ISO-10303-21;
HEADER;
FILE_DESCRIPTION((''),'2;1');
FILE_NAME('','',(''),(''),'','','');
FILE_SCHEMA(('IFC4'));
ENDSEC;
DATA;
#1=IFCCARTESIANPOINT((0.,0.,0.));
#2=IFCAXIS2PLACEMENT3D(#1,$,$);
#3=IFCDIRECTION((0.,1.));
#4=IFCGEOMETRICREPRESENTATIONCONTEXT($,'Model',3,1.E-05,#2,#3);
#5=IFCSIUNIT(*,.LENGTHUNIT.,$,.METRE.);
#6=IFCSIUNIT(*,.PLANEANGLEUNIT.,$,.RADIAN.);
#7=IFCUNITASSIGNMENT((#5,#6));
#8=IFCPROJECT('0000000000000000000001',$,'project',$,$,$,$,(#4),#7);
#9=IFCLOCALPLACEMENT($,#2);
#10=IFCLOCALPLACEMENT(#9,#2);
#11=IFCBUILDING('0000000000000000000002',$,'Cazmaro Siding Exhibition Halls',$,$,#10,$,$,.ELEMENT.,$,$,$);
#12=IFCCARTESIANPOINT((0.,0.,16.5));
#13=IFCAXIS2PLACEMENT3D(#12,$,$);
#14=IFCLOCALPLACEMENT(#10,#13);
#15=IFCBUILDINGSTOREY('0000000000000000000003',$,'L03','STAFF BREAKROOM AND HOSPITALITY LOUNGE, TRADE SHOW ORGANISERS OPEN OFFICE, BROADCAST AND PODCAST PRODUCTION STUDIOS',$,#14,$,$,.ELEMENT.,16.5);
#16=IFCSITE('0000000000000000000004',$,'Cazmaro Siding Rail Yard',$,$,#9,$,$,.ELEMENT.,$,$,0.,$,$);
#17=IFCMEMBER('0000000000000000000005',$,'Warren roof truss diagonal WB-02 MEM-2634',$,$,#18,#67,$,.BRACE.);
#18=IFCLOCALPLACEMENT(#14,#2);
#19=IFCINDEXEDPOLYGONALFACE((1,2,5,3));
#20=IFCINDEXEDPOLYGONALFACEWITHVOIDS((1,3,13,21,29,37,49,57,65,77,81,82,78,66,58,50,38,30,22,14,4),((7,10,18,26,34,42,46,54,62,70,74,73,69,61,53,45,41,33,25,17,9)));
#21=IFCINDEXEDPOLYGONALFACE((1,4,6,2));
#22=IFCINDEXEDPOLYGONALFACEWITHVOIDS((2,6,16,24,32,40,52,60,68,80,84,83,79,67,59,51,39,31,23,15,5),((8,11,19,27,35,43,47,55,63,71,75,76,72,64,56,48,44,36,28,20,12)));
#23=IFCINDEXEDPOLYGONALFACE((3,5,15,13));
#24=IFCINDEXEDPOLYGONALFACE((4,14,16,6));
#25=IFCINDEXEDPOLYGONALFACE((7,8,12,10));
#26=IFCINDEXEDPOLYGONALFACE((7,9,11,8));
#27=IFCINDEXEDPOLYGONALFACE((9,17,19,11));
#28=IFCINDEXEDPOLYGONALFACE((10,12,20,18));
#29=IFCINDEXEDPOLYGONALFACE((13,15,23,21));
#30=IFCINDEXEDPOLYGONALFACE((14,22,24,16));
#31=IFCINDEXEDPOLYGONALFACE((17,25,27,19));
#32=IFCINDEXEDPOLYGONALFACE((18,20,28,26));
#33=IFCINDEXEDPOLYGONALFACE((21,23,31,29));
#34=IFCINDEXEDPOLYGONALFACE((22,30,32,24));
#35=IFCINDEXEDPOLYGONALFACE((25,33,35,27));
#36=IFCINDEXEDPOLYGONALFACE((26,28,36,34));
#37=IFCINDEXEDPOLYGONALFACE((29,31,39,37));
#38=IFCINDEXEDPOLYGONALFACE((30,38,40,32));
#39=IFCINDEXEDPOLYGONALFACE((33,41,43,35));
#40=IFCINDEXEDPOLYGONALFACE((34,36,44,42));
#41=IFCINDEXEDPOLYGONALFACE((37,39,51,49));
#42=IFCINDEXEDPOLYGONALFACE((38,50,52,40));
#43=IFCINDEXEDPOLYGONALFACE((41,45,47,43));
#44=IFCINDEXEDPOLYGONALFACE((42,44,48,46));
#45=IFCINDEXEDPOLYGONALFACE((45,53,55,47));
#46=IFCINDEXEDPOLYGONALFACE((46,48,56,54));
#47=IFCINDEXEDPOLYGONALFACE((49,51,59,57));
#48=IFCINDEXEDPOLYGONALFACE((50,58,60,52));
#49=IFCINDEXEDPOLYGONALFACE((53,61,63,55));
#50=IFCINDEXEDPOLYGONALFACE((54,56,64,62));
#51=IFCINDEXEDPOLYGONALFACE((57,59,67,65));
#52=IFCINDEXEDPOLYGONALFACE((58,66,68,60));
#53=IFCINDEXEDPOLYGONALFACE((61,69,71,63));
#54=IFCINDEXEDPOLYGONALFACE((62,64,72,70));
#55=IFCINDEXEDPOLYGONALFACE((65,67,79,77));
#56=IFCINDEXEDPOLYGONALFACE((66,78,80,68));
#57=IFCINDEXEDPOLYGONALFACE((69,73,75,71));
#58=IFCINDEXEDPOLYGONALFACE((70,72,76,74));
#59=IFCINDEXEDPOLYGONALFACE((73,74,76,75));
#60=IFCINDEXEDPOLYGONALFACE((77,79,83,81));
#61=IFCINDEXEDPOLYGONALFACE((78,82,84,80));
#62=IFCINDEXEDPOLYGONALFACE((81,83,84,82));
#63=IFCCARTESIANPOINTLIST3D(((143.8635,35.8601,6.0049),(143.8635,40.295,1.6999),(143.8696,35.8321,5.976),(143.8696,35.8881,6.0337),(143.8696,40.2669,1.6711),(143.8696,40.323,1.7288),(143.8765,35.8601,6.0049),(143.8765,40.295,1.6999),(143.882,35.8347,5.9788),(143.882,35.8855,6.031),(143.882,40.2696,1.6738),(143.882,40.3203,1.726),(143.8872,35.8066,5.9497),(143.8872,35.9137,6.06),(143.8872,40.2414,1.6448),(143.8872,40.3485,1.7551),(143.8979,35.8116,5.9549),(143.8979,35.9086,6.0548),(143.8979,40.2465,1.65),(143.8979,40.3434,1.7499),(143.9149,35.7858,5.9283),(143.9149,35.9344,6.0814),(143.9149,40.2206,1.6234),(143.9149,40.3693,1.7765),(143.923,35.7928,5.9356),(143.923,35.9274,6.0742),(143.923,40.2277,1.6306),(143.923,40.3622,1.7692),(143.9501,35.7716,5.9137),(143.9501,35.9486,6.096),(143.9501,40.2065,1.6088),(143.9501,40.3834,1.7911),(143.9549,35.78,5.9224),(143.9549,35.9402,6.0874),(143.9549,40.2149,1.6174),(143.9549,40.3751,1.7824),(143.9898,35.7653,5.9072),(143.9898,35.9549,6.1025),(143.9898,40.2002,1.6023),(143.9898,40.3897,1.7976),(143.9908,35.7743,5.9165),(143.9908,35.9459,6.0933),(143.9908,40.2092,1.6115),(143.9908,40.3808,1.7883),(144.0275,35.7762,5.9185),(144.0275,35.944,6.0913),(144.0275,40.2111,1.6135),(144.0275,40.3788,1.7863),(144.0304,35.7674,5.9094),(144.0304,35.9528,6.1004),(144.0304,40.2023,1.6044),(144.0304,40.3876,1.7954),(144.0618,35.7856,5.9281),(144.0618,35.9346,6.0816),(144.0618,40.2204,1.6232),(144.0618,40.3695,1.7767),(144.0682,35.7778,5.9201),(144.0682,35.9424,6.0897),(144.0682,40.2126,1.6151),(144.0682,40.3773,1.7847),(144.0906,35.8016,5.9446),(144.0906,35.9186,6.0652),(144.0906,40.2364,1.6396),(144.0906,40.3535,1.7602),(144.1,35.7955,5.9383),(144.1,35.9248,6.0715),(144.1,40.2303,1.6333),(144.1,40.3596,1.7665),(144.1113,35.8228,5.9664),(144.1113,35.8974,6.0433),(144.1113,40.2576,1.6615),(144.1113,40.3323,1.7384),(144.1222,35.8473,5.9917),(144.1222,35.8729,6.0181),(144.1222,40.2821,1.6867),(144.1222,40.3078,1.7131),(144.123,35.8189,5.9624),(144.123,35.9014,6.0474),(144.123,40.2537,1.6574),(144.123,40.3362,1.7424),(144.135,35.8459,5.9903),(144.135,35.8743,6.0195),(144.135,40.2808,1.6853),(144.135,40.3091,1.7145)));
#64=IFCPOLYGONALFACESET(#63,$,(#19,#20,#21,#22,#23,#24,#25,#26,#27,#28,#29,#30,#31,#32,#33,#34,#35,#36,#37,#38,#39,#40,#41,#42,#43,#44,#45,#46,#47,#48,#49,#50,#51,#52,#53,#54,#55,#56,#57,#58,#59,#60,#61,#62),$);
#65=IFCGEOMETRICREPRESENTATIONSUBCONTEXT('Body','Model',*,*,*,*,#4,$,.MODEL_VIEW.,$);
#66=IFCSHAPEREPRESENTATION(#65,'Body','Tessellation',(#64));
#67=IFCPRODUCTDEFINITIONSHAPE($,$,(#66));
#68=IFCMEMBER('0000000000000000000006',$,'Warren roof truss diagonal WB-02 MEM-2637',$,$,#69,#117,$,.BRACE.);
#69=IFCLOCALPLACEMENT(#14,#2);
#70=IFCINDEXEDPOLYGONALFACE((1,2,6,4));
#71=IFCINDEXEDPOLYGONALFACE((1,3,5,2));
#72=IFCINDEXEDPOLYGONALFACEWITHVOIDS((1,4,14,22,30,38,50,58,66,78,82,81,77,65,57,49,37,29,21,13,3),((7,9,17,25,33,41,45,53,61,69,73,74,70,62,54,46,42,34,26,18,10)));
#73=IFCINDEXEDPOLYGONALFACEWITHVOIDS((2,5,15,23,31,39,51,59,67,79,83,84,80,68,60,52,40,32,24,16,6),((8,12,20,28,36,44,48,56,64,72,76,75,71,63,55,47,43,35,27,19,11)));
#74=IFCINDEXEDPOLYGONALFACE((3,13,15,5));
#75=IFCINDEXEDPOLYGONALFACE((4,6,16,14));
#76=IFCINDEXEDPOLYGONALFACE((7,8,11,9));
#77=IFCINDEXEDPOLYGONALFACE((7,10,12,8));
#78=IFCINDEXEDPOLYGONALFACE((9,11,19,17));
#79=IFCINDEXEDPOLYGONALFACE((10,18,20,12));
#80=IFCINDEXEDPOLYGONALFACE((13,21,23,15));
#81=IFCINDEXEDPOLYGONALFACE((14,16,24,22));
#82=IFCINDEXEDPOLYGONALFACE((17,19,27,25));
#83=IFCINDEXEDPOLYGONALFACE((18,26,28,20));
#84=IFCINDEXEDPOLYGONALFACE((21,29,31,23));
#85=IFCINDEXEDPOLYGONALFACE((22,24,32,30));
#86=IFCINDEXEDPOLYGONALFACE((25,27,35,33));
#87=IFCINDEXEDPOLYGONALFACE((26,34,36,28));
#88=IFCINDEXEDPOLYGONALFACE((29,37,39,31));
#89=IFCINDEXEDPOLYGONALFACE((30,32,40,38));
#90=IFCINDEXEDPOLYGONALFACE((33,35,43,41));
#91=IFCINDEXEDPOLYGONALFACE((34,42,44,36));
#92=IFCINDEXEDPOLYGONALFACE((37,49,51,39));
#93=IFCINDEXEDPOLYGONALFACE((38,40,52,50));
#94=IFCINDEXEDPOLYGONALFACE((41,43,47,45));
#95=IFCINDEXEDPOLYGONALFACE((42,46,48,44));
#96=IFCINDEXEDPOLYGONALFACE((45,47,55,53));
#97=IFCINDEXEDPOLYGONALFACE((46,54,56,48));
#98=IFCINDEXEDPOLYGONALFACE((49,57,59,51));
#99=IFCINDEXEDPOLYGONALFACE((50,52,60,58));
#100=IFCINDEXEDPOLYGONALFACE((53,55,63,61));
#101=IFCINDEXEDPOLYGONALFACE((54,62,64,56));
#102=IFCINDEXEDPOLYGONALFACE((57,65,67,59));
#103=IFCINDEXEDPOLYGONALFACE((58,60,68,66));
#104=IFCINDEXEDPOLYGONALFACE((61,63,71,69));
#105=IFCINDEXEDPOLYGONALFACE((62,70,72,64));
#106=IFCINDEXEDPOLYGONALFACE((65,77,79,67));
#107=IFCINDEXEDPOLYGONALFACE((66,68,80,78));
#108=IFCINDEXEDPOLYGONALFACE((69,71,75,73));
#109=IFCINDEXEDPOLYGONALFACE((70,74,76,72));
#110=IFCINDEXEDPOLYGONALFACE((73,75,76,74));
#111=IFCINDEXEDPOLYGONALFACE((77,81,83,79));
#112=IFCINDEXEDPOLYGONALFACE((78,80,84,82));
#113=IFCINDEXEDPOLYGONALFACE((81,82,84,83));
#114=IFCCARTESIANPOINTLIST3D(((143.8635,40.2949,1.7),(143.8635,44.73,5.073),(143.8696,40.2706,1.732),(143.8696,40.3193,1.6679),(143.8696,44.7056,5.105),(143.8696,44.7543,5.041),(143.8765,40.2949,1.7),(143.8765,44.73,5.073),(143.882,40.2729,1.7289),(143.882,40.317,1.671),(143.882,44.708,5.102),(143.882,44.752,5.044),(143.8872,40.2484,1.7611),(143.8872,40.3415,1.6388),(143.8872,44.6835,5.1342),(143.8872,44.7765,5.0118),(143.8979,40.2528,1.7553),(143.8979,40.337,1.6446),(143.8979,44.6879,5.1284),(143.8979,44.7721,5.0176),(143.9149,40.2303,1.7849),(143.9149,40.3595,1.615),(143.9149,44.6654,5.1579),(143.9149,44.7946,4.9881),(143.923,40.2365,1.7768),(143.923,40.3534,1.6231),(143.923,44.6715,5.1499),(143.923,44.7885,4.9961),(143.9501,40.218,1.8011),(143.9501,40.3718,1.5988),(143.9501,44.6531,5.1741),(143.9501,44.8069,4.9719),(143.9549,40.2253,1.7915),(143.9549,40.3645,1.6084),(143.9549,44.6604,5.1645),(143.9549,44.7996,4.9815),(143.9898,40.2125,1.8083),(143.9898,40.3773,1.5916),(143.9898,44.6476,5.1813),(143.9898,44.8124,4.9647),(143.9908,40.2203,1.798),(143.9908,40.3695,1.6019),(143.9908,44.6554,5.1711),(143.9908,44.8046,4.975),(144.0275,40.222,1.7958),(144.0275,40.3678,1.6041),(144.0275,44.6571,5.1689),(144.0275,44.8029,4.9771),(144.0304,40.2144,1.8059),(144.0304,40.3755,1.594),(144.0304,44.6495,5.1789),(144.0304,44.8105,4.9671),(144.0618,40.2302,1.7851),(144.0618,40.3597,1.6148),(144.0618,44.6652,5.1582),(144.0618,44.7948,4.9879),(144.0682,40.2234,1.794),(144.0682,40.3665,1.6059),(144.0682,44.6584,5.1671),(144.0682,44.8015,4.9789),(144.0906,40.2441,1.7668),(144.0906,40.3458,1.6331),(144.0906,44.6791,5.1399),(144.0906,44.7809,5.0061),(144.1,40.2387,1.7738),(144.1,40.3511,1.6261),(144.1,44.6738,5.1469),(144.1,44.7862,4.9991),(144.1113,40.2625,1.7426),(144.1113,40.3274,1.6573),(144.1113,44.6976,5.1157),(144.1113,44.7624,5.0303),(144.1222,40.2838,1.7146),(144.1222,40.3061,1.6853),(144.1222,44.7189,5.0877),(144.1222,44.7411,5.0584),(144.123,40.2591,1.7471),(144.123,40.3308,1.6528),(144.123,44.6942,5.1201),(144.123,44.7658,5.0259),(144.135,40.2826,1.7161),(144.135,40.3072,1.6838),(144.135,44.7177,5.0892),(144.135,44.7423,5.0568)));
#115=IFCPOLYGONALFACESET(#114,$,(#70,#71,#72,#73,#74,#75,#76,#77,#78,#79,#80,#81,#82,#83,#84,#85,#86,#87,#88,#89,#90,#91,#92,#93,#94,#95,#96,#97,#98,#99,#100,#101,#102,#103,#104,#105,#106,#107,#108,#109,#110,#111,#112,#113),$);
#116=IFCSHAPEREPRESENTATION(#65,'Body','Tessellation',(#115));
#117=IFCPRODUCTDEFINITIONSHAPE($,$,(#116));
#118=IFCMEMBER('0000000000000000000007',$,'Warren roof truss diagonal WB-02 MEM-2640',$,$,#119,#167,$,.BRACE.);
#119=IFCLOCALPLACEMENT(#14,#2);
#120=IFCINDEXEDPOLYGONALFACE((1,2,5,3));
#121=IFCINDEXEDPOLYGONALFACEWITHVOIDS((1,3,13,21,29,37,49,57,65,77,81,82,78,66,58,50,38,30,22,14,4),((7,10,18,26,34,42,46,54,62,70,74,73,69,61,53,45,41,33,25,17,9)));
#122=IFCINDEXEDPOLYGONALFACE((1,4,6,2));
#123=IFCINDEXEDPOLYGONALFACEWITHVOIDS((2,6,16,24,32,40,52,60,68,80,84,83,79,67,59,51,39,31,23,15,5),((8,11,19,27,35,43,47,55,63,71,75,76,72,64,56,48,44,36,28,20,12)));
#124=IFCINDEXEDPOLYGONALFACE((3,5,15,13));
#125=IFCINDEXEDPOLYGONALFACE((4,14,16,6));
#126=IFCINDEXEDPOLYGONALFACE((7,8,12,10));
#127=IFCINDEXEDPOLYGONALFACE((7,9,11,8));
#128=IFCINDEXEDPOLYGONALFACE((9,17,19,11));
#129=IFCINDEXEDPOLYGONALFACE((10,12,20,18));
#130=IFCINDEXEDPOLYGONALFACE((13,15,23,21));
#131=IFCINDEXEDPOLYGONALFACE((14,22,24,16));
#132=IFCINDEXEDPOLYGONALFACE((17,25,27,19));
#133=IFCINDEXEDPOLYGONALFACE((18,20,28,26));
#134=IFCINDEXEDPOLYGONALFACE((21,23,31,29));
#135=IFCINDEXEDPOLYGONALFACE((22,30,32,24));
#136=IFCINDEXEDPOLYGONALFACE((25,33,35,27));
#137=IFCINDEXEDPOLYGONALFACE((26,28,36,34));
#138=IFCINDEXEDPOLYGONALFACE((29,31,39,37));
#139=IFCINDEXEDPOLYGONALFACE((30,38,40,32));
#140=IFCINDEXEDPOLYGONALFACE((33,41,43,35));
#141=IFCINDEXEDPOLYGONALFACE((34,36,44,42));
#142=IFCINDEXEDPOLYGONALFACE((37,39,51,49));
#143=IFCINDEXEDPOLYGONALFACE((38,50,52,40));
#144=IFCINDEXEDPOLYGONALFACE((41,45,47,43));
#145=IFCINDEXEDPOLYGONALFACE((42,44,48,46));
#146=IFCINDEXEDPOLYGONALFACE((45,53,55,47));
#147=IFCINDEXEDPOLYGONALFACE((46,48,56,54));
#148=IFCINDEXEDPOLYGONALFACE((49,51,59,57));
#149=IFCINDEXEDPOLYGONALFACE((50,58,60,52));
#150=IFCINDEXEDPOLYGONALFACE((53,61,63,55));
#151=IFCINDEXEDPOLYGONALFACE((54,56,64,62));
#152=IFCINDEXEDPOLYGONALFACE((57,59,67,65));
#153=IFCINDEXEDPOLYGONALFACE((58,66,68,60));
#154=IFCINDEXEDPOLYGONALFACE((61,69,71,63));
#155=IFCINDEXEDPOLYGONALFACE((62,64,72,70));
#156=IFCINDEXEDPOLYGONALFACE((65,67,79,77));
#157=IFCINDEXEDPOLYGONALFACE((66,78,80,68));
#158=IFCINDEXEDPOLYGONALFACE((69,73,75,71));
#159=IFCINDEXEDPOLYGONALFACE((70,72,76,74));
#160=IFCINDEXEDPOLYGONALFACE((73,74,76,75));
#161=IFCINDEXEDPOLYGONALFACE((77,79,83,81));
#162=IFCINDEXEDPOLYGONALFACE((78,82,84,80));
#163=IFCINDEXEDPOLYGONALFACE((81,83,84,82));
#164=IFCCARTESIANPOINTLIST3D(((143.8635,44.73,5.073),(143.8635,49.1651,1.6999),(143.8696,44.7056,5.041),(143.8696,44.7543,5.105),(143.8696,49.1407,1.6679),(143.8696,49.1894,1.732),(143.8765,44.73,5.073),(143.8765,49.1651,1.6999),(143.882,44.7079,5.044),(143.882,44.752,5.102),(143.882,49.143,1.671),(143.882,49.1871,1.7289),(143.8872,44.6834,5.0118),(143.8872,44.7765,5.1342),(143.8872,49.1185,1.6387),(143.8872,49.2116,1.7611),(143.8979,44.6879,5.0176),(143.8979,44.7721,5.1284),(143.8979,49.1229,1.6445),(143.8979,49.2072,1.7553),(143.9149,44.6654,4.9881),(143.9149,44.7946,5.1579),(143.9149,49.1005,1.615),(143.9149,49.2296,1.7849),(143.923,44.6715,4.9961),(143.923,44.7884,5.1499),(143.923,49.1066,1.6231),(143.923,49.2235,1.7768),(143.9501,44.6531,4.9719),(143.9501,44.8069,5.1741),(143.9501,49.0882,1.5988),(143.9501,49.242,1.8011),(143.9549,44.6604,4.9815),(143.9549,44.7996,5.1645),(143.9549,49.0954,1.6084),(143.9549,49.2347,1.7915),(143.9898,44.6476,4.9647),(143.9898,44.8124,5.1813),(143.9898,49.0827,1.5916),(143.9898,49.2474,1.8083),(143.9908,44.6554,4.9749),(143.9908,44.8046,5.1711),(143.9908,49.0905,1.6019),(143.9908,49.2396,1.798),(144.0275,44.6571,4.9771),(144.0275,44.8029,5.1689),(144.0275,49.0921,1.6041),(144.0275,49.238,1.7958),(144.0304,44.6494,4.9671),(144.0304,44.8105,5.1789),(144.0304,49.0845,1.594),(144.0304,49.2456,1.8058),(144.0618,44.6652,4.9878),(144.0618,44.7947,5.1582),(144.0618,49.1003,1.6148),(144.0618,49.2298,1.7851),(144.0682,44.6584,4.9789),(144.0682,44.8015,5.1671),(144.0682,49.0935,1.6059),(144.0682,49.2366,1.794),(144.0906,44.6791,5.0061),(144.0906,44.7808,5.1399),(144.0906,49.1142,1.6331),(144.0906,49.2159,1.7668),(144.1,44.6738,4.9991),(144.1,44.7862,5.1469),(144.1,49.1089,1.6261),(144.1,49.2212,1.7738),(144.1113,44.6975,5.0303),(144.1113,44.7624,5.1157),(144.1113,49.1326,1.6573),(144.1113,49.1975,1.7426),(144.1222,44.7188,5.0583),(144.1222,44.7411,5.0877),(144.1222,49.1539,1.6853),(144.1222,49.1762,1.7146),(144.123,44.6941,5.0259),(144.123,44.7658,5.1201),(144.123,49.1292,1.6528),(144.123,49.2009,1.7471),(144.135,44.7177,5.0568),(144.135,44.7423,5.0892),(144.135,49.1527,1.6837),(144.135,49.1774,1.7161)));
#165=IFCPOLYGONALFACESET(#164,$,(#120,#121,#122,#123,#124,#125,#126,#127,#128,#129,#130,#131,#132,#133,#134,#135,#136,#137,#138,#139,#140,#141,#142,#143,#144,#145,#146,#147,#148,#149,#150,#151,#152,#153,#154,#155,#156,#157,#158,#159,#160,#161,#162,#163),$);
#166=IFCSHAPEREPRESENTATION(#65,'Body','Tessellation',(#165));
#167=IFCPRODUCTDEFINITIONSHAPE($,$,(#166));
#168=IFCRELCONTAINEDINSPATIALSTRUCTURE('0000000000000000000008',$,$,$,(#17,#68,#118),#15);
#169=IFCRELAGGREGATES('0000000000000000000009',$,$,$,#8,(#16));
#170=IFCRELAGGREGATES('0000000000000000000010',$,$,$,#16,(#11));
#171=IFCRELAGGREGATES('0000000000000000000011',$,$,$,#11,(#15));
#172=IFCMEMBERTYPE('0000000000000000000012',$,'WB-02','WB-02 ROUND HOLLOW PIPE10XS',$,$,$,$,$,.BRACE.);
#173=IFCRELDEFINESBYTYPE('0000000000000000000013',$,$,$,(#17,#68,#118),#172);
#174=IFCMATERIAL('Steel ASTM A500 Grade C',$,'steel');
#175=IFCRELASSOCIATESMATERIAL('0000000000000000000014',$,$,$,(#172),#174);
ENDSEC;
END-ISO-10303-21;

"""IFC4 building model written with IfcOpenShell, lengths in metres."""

from ifc_helpers import new_model, si_unit, direction, frame, origin, origin_2d, place, context, subcontext, project, spatial, hollow_circle, extrude, material, material_profile, profile_set, type_object, element, save


model = new_model("IFC4")

# Units and contexts
model_context = context("Model", 3, precision=1e-05, world=origin(), true_north=direction((0.0, 1.0)))
body_context = subcontext(model_context, "Body", "Model", "MODEL_VIEW")
ifc_project = project(units=[si_unit("LENGTHUNIT", "METRE"), si_unit("PLANEANGLEUNIT", "RADIAN")], contexts=[model_context])

# Site, building, storey
site_placement = place(None, origin())
site = spatial("IfcSite", under=ifc_project, at=site_placement, Name="Cazmaro Siding Rail Yard", CompositionType="ELEMENT", RefElevation=0.0)
building_placement = place(site_placement, origin())
building = spatial("IfcBuilding", under=site, at=building_placement, Name="Cazmaro Siding Exhibition Halls", CompositionType="ELEMENT")
storey_placement = place(building_placement, frame((0.0, 0.0, 16.5)))
storey = spatial("IfcBuildingStorey", under=building, at=storey_placement, Name="L03", Description="STAFF BREAKROOM AND HOSPITALITY LOUNGE, TRADE SHOW ORGANISERS OPEN OFFICE, BROADCAST AND PODCAST PRODUCTION STUDIOS", CompositionType="ELEMENT", Elevation=16.5)

# Members
ifc_material_1 = material(Name="Steel ASTM A500 Grade C", Category="steel")
ifc_material_profile_1 = material_profile(ifc_material_1, hollow_circle(Radius=0.1365, WallThickness=0.0129, at=origin_2d()), Name="PIPE10XS")
ifc_profile_set_1 = profile_set([ifc_material_profile_1], Name="Steel ASTM A500 Grade C")
member_type_1 = type_object("IfcMemberType", Name="WB-02", Description="WB-02 ROUND HOLLOW PIPE10XS", PredefinedType="BRACE", material=ifc_profile_set_1)
member_1_placement = place(storey_placement, frame((144.0, 35.8601, 6.0049), z_axis=(0.0, 0.717536, -0.696521), x_axis=(-1.0, 0.0, 0.0)))
element("IfcMember", 1, at=member_1_placement, inside=storey, type_object=member_type_1, Name="Warren roof truss diagonal WB-02 MEM-2634", PredefinedType="BRACE", context=body_context, shape_type="SweptSolid", body=[
    extrude(hollow_circle(Radius=0.1365, WallThickness=0.0129, at=origin_2d()), origin(), (0.0, 0.0, 1.0), 6.1807),
])
for number, where, z_axis, x_axis, name in (
    (2, (144.0, 40.2949, 1.7), (0.0, 0.795954, 0.605357), (-1.0, 0.0, 0.0), "Warren roof truss diagonal WB-02 MEM-2637"),
    (3, (144.0, 44.73, 5.073), (0.0, 0.795954, -0.605357), (-1.0, 0.0, 0.0), "Warren roof truss diagonal WB-02 MEM-2640"),
):
    element("IfcMember", number, at=place(storey_placement, frame(where, z_axis=z_axis, x_axis=x_axis)), inside=storey, type_object=member_type_1, Name=name, PredefinedType="BRACE", context=body_context, shape_type="SweptSolid", body=[
        extrude(hollow_circle(Radius=0.1365, WallThickness=0.0129, at=origin_2d()), origin(), (0.0, 0.0, 1.0), 5.572),
    ])

save(model, "model.ifc")
